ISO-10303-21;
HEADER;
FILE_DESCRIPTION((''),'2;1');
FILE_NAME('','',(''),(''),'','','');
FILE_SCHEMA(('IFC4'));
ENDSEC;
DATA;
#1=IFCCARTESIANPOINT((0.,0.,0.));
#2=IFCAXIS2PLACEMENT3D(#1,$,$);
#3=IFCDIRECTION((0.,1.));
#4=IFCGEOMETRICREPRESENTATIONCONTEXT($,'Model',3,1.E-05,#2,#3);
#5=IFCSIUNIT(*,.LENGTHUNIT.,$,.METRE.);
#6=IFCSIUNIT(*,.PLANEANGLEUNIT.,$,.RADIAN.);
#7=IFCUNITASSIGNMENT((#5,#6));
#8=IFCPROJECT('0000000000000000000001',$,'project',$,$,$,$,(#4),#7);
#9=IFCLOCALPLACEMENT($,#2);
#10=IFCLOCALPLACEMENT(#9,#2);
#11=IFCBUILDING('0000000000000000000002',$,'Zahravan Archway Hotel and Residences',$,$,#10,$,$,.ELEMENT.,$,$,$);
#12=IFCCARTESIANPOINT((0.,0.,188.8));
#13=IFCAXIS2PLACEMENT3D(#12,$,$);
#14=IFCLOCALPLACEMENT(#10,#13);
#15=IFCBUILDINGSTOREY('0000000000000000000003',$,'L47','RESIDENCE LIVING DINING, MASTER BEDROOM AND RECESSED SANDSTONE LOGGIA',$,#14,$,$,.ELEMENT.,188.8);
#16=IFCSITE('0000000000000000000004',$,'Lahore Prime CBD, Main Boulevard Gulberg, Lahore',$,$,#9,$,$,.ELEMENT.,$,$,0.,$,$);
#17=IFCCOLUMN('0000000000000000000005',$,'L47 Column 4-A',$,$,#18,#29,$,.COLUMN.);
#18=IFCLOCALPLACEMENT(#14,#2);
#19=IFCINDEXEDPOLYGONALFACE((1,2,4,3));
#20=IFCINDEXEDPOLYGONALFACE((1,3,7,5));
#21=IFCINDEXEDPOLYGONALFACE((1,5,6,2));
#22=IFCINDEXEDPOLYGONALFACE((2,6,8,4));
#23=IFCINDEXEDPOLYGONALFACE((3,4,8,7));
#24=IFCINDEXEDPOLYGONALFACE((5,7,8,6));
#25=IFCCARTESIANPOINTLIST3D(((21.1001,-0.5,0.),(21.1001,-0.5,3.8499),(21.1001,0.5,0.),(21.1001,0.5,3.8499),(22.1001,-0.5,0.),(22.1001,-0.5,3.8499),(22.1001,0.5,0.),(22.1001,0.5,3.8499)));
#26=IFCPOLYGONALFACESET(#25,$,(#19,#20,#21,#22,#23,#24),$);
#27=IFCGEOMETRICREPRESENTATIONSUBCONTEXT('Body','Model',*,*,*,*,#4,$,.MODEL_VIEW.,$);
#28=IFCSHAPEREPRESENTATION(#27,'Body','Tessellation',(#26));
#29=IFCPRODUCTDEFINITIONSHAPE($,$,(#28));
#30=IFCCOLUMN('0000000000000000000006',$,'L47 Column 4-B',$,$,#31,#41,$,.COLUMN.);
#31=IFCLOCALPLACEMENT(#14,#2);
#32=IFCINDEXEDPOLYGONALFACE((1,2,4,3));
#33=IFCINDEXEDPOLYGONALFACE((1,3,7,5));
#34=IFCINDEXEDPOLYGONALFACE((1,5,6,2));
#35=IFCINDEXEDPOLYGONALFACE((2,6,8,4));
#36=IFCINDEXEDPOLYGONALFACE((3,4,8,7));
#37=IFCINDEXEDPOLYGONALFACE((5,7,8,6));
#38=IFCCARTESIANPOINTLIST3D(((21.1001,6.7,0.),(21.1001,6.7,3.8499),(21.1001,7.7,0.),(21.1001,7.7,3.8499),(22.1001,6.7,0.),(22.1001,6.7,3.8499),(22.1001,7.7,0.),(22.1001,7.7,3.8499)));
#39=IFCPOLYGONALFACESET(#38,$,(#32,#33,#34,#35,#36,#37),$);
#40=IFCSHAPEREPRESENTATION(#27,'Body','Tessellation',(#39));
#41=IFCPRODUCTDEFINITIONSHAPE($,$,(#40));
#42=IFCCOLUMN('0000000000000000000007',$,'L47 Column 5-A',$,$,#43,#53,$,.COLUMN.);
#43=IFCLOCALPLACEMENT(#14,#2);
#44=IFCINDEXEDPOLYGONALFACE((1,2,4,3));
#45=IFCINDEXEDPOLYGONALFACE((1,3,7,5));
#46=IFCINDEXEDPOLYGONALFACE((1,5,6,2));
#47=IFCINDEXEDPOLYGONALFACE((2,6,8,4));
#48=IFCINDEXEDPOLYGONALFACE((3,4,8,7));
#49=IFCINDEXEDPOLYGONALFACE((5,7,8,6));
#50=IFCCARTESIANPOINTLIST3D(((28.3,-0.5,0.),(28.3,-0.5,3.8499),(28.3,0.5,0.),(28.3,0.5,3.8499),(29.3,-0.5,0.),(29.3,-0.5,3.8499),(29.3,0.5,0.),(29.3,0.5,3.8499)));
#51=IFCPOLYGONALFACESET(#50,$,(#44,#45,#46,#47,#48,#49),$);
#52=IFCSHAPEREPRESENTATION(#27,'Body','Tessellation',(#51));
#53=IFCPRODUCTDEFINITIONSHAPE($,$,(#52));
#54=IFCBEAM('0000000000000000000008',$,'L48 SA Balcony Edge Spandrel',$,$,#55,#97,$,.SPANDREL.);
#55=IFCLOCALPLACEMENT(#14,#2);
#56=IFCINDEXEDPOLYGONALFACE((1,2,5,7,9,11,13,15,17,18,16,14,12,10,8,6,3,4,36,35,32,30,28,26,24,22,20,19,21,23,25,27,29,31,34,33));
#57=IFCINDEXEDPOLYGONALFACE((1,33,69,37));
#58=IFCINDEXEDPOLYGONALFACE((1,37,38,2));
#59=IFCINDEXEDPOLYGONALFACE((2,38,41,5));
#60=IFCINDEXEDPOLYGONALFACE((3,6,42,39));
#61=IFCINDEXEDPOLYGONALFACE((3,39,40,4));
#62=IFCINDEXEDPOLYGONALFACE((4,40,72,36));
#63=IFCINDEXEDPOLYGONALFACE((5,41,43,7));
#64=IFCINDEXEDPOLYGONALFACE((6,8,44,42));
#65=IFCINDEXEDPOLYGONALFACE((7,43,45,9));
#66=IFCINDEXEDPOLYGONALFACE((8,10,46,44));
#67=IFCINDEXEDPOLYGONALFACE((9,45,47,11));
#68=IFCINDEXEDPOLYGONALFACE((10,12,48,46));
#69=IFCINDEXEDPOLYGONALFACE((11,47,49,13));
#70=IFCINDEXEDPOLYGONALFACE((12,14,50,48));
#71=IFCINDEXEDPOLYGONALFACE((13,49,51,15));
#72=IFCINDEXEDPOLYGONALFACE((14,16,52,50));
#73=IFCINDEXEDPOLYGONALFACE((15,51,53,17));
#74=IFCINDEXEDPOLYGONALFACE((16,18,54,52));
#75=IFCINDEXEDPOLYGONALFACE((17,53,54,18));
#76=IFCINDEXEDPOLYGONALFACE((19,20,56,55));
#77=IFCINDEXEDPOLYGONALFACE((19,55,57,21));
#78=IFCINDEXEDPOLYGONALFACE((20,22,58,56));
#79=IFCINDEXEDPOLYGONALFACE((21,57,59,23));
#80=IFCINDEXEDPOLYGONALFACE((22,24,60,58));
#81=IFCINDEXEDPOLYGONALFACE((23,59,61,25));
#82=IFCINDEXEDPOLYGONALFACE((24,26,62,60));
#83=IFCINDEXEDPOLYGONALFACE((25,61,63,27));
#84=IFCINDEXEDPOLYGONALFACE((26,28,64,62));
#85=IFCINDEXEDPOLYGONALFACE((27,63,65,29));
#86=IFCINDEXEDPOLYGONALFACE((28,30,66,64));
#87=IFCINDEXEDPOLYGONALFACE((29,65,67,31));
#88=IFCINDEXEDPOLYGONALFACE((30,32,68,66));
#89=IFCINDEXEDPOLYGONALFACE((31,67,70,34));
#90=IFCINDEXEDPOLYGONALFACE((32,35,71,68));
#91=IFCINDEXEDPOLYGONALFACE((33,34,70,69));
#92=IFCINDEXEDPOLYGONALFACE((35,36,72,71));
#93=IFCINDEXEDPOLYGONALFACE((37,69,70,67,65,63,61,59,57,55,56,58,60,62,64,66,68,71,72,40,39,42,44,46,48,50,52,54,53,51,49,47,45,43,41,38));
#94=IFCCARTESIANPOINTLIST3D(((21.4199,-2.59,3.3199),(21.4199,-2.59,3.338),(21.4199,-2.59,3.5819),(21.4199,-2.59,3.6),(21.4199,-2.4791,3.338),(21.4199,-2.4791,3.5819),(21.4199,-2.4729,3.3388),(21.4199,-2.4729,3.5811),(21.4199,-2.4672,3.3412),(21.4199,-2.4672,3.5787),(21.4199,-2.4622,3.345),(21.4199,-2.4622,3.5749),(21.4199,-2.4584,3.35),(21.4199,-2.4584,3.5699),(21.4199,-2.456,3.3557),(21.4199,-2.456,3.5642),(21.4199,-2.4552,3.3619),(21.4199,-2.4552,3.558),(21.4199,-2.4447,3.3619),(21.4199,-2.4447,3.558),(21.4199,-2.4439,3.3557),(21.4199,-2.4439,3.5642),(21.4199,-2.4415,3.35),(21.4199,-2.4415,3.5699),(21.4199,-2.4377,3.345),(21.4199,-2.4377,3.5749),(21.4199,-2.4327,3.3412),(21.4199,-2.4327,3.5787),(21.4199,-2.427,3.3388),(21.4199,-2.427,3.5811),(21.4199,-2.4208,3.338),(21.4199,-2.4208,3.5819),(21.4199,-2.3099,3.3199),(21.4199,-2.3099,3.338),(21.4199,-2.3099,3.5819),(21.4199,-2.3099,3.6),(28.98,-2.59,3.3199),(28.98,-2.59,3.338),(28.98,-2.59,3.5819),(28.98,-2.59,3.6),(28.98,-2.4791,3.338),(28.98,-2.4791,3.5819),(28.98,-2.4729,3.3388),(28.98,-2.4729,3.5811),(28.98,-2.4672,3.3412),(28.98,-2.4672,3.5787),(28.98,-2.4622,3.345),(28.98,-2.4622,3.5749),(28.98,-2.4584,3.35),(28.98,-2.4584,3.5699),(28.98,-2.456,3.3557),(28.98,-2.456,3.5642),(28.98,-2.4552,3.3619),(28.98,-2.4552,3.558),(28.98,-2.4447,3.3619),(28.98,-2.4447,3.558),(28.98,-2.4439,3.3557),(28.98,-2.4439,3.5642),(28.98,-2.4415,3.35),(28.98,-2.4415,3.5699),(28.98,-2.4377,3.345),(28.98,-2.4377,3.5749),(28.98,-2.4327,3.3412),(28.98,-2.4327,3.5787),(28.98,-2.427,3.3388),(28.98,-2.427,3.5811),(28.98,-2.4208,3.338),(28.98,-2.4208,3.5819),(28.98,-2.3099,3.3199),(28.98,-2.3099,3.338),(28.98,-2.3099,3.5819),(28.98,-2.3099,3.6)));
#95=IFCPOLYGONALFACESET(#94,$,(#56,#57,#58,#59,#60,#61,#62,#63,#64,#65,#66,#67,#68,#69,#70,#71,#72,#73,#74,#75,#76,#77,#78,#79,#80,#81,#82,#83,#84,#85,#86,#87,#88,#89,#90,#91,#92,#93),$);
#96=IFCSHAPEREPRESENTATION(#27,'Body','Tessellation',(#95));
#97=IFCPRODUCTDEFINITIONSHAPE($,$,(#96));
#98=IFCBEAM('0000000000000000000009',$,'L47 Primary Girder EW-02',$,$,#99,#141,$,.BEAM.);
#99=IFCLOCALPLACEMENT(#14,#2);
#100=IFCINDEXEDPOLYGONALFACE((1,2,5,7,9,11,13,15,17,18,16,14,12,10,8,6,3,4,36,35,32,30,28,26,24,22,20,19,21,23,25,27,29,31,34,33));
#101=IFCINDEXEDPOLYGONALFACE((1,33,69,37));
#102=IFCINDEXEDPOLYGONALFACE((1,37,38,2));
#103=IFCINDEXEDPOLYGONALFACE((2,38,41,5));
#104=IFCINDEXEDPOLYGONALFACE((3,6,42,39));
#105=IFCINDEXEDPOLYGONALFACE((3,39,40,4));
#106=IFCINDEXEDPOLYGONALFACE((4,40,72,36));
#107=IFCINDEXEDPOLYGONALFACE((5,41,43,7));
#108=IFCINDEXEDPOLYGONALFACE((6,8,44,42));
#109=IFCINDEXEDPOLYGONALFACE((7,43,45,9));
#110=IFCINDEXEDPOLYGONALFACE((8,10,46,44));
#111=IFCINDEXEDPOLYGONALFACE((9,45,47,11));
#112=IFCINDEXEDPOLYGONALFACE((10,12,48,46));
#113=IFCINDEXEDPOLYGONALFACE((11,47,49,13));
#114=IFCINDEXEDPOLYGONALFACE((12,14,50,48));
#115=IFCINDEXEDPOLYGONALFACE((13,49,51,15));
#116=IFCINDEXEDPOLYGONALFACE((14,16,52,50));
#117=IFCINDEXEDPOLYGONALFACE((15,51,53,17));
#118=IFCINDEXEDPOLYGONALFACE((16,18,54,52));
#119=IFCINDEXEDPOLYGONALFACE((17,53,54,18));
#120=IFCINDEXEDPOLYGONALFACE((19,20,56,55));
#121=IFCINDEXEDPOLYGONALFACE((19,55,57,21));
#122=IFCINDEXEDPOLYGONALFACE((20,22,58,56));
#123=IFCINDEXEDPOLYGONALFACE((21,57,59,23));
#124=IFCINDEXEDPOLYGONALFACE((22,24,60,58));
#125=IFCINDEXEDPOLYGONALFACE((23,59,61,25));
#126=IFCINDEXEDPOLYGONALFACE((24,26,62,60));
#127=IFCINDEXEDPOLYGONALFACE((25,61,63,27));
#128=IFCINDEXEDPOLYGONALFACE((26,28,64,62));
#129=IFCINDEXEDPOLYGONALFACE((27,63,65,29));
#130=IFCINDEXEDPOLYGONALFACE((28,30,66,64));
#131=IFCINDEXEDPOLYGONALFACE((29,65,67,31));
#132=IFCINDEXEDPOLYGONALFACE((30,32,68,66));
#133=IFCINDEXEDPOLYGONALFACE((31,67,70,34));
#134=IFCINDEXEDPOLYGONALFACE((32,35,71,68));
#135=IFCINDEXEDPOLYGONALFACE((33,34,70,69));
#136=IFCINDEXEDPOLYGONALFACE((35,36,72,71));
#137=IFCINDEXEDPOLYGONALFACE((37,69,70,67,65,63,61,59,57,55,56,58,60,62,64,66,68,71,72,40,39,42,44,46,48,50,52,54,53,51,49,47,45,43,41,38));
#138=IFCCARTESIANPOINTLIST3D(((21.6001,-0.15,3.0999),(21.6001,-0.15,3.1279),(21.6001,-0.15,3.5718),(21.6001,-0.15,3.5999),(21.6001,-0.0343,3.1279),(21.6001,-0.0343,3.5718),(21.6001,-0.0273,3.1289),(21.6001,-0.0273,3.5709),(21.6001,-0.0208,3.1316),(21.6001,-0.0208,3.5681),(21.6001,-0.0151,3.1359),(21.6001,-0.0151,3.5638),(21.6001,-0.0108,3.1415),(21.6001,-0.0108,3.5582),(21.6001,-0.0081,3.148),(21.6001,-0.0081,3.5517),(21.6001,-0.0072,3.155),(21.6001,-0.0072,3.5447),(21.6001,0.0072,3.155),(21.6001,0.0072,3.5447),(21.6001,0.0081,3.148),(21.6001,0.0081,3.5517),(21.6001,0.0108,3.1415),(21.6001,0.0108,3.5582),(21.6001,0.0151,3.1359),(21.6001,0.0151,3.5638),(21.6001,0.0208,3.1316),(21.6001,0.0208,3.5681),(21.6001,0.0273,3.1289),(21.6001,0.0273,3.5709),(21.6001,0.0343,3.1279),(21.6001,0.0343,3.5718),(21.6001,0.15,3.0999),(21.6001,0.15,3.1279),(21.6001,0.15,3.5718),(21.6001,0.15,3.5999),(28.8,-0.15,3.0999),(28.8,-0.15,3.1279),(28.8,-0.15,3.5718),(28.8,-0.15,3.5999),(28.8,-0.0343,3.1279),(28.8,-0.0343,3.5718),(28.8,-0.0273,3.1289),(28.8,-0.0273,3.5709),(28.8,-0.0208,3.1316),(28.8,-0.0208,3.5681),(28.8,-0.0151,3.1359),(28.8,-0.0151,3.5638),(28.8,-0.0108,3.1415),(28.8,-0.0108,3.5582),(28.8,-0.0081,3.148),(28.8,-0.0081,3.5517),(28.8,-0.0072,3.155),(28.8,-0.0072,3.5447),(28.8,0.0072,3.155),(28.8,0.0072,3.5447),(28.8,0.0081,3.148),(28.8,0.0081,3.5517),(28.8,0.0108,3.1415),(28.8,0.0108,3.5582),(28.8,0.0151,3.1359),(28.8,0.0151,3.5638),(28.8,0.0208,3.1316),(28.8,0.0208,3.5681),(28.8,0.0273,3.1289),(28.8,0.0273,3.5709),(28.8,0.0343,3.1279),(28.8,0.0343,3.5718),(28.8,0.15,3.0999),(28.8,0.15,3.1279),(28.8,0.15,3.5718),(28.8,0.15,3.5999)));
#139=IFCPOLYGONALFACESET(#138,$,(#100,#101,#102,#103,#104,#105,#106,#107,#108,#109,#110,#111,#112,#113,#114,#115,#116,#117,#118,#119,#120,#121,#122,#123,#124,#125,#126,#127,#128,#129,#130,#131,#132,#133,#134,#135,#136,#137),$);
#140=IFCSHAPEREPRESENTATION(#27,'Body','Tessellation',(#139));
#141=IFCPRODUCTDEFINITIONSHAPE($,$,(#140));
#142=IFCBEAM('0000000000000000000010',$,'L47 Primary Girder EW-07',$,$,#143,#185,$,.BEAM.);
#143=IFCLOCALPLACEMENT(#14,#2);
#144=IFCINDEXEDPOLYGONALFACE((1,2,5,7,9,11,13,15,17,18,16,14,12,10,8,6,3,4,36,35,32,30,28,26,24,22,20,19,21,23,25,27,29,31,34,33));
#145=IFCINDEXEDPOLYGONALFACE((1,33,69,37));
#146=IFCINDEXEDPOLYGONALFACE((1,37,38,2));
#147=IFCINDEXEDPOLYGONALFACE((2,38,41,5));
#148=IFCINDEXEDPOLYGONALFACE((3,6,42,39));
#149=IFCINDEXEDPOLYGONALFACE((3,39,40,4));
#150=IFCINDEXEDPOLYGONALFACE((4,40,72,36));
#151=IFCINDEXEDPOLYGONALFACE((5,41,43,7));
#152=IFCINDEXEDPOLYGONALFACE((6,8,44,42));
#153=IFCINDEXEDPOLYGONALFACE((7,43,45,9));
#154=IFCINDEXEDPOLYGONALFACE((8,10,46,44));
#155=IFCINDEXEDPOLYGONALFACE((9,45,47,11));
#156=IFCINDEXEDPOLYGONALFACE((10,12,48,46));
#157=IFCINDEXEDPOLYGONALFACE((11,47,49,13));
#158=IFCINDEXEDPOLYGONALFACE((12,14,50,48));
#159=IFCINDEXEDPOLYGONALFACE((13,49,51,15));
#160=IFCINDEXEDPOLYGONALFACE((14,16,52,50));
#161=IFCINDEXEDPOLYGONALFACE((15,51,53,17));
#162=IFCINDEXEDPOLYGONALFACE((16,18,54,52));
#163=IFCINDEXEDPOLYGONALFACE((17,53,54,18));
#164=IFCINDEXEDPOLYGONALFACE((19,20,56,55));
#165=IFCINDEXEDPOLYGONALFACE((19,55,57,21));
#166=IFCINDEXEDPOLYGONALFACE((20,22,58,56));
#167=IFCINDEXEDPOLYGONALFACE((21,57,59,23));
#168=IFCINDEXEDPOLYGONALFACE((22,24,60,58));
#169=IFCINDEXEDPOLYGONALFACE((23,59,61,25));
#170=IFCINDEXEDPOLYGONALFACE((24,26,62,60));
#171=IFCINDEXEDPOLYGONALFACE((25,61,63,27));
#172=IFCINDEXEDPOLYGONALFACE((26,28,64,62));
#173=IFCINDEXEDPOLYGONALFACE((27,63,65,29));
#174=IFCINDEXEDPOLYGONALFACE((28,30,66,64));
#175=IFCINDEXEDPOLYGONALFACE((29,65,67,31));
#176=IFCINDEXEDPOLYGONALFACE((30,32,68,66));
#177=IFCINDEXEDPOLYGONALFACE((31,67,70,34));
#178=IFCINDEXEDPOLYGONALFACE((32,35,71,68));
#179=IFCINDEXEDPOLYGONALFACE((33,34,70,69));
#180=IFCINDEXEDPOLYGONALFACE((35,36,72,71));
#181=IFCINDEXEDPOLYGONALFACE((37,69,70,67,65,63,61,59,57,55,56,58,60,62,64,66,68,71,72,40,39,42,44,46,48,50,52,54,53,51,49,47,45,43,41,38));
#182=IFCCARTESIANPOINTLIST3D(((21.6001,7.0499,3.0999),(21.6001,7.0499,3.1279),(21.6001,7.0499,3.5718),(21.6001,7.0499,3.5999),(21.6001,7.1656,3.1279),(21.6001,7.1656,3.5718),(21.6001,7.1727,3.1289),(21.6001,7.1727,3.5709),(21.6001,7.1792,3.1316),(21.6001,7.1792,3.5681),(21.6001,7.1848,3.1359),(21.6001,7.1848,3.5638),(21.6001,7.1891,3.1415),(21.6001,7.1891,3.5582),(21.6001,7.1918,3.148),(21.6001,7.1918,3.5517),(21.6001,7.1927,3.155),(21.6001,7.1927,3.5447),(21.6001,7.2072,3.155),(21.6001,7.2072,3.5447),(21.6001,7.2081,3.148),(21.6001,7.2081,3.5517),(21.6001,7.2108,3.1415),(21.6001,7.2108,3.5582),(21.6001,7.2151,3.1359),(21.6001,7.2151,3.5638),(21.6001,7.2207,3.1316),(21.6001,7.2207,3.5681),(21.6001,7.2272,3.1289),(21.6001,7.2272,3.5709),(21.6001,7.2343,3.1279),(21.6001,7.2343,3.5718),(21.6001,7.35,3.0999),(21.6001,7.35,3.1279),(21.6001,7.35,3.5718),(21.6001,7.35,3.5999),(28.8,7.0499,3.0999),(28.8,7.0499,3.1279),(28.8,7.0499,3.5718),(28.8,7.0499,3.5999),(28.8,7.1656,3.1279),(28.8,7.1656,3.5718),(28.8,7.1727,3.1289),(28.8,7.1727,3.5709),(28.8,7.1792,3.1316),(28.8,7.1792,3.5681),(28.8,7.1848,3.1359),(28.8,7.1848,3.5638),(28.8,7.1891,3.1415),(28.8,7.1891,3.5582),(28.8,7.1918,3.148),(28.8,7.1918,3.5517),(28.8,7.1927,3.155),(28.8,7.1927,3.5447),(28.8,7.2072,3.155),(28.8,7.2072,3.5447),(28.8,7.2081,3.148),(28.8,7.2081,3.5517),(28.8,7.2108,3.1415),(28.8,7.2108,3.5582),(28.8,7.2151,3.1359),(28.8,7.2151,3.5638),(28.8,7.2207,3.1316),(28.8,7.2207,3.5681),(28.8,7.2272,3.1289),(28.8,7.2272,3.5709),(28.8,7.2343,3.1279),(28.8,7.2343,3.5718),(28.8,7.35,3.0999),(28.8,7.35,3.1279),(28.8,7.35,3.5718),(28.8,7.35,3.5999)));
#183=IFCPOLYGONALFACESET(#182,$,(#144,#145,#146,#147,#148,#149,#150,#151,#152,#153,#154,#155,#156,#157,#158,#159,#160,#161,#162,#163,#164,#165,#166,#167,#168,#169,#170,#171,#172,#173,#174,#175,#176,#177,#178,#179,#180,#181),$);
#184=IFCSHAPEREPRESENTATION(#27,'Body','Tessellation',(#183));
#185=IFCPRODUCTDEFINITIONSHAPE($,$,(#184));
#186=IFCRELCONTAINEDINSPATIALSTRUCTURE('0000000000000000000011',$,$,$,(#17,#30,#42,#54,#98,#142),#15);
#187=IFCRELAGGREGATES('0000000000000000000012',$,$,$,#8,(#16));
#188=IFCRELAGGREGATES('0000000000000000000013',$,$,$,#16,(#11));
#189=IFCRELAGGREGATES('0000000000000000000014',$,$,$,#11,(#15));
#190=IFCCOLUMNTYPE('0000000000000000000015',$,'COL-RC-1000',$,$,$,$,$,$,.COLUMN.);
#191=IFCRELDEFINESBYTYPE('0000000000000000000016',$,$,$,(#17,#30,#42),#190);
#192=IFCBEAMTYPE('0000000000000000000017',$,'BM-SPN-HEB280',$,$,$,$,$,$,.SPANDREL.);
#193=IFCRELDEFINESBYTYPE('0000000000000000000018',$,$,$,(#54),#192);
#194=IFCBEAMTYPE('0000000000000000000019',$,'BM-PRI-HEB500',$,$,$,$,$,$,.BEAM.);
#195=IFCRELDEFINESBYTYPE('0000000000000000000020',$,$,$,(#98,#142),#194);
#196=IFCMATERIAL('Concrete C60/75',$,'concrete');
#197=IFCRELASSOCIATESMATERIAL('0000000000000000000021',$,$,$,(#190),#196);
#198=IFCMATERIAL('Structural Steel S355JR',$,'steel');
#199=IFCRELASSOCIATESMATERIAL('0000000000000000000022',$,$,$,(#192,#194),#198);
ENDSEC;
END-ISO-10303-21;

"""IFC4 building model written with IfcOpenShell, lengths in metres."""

from ifc_helpers import new_model, si_unit, direction, frame, origin, origin_2d, place, context, subcontext, project, spatial, rectangle, i_section, extrude, source, transform, mapped, material, material_profile, profile_set, type_object, type_shapes, element, save


model = new_model("IFC4")

# Units and contexts
model_context = context("Model", 3, precision=1e-05, world=origin(), true_north=direction((0.0, 1.0)))
body_context = subcontext(model_context, "Body", "Model", "MODEL_VIEW")
ifc_project = project(units=[si_unit("LENGTHUNIT", "METRE"), si_unit("PLANEANGLEUNIT", "RADIAN")], contexts=[model_context])

# Site, building, storey
site_placement = place(None, origin())
site = spatial("IfcSite", under=ifc_project, at=site_placement, Name="Lahore Prime CBD, Main Boulevard Gulberg, Lahore", CompositionType="ELEMENT", RefElevation=0.0)
building_placement = place(site_placement, origin())
building = spatial("IfcBuilding", under=site, at=building_placement, Name="Zahravan Archway Hotel and Residences", CompositionType="ELEMENT")
storey_placement = place(building_placement, frame((0.0, 0.0, 188.8)))
storey = spatial("IfcBuildingStorey", under=building, at=storey_placement, Name="L47", Description="RESIDENCE LIVING DINING, MASTER BEDROOM AND RECESSED SANDSTONE LOGGIA", CompositionType="ELEMENT", Elevation=188.8)

# Columns
ifc_material_1 = material(Name="Concrete C60/75", Category="concrete")
ifc_material_profile_1 = material_profile(ifc_material_1, rectangle(XDim=1.0, YDim=1.0, at=origin_2d()), Name="RC-COL-1000x1000", Category="concrete")
ifc_profile_set_1 = profile_set([ifc_material_profile_1], Name="Concrete C60/75")
column_type = type_object("IfcColumnType", Name="COL-RC-1000", PredefinedType="COLUMN", material=ifc_profile_set_1)
shared_shape_1 = source(origin(), body_context, "Body", "SweptSolid", [
    extrude(rectangle(XDim=1.0, YDim=1.0, at=origin_2d()), origin(), (0.0, 0.0, 1.0), 3.8499),
])
for number, where, z_axis, x_axis, name in (
    (1, (21.6001, 0.0, 0.0), (0.0, 0.0, 1.0), (1.0, 0.0, 0.0), "L47 Column 4-A"),
    (2, (21.6001, 7.2, 0.0), (0.0, 0.0, 1.0), (1.0, 0.0, 0.0), "L47 Column 4-B"),
    (3, (28.8, 0.0, 0.0), (0.0, 0.0, 1.0), (1.0, 0.0, 0.0), "L47 Column 5-A"),
):
    element("IfcColumn", number, at=place(storey_placement, frame(where, z_axis=z_axis, x_axis=x_axis)), inside=storey, type_object=column_type, Name=name, PredefinedType="COLUMN", context=body_context, shape_type="MappedRepresentation", body=[
        mapped(shared_shape_1, transform((0.0, 0.0, 0.0), scale=1.0)),
    ])

# Beams
ifc_material_2 = material(Name="Structural Steel S355JR", Category="steel")
ifc_material_profile_2 = material_profile(ifc_material_2, i_section(OverallWidth=0.28, OverallDepth=0.28, WebThickness=0.0105, FlangeThickness=0.0181, FilletRadius=0.0239, at=origin_2d()), Name="HEB 280", Category="steel")
ifc_profile_set_2 = profile_set([ifc_material_profile_2], Name="Structural Steel S355JR")
beam_type_1 = type_object("IfcBeamType", Name="BM-SPN-HEB280", PredefinedType="SPANDREL", material=ifc_profile_set_2)
shared_shape_2 = source(origin(), body_context, "Body", "SweptSolid", [
    extrude(i_section(OverallWidth=0.28, OverallDepth=0.28, WebThickness=0.0105, FlangeThickness=0.0181, FilletRadius=0.0239, at=origin_2d()), origin(), (0.0, 0.0, 1.0), 7.5601),
])
type_shapes(beam_type_1, [shared_shape_2])
beam_1_placement = place(storey_placement, frame((21.4199, -2.45, 3.46), z_axis=(1.0, 0.0, 0.0), x_axis=(0.0, 1.0, 0.0)))
element("IfcBeam", 4, at=beam_1_placement, inside=storey, type_object=beam_type_1, Name="L48 SA Balcony Edge Spandrel", PredefinedType="SPANDREL", context=body_context, shape_type="MappedRepresentation", body=[
    mapped(shared_shape_2, transform((0.0, 0.0, 0.0), scale=1.0)),
])
ifc_material_profile_3 = material_profile(ifc_material_2, i_section(OverallWidth=0.3, OverallDepth=0.5, WebThickness=0.0144, FlangeThickness=0.0281, FilletRadius=0.0271, at=origin_2d()), Name="HEB 500", Category="steel")
ifc_profile_set_3 = profile_set([ifc_material_profile_3], Name="Structural Steel S355JR")
beam_type_2 = type_object("IfcBeamType", Name="BM-PRI-HEB500", PredefinedType="BEAM", material=ifc_profile_set_3)
shared_shape_3 = source(origin(), body_context, "Body", "SweptSolid", [
    extrude(i_section(OverallWidth=0.3, OverallDepth=0.5, WebThickness=0.0144, FlangeThickness=0.0281, FilletRadius=0.0271, at=origin_2d()), origin(), (0.0, 0.0, 1.0), 7.2),
])
for number, where, z_axis, x_axis, name in (
    (5, (21.6001, 0.0, 3.3499), (1.0, 0.0, 0.0), (0.0, 1.0, 0.0), "L47 Primary Girder EW-02"),
    (6, (21.6001, 7.2, 3.3499), (1.0, 0.0, 0.0), (0.0, 1.0, 0.0), "L47 Primary Girder EW-07"),
):
    element("IfcBeam", number, at=place(storey_placement, frame(where, z_axis=z_axis, x_axis=x_axis)), inside=storey, type_object=beam_type_2, Name=name, PredefinedType="BEAM", context=body_context, shape_type="MappedRepresentation", body=[
        mapped(shared_shape_3, transform((0.0, 0.0, 0.0), scale=1.0)),
    ])

save(model, "model.ifc")
